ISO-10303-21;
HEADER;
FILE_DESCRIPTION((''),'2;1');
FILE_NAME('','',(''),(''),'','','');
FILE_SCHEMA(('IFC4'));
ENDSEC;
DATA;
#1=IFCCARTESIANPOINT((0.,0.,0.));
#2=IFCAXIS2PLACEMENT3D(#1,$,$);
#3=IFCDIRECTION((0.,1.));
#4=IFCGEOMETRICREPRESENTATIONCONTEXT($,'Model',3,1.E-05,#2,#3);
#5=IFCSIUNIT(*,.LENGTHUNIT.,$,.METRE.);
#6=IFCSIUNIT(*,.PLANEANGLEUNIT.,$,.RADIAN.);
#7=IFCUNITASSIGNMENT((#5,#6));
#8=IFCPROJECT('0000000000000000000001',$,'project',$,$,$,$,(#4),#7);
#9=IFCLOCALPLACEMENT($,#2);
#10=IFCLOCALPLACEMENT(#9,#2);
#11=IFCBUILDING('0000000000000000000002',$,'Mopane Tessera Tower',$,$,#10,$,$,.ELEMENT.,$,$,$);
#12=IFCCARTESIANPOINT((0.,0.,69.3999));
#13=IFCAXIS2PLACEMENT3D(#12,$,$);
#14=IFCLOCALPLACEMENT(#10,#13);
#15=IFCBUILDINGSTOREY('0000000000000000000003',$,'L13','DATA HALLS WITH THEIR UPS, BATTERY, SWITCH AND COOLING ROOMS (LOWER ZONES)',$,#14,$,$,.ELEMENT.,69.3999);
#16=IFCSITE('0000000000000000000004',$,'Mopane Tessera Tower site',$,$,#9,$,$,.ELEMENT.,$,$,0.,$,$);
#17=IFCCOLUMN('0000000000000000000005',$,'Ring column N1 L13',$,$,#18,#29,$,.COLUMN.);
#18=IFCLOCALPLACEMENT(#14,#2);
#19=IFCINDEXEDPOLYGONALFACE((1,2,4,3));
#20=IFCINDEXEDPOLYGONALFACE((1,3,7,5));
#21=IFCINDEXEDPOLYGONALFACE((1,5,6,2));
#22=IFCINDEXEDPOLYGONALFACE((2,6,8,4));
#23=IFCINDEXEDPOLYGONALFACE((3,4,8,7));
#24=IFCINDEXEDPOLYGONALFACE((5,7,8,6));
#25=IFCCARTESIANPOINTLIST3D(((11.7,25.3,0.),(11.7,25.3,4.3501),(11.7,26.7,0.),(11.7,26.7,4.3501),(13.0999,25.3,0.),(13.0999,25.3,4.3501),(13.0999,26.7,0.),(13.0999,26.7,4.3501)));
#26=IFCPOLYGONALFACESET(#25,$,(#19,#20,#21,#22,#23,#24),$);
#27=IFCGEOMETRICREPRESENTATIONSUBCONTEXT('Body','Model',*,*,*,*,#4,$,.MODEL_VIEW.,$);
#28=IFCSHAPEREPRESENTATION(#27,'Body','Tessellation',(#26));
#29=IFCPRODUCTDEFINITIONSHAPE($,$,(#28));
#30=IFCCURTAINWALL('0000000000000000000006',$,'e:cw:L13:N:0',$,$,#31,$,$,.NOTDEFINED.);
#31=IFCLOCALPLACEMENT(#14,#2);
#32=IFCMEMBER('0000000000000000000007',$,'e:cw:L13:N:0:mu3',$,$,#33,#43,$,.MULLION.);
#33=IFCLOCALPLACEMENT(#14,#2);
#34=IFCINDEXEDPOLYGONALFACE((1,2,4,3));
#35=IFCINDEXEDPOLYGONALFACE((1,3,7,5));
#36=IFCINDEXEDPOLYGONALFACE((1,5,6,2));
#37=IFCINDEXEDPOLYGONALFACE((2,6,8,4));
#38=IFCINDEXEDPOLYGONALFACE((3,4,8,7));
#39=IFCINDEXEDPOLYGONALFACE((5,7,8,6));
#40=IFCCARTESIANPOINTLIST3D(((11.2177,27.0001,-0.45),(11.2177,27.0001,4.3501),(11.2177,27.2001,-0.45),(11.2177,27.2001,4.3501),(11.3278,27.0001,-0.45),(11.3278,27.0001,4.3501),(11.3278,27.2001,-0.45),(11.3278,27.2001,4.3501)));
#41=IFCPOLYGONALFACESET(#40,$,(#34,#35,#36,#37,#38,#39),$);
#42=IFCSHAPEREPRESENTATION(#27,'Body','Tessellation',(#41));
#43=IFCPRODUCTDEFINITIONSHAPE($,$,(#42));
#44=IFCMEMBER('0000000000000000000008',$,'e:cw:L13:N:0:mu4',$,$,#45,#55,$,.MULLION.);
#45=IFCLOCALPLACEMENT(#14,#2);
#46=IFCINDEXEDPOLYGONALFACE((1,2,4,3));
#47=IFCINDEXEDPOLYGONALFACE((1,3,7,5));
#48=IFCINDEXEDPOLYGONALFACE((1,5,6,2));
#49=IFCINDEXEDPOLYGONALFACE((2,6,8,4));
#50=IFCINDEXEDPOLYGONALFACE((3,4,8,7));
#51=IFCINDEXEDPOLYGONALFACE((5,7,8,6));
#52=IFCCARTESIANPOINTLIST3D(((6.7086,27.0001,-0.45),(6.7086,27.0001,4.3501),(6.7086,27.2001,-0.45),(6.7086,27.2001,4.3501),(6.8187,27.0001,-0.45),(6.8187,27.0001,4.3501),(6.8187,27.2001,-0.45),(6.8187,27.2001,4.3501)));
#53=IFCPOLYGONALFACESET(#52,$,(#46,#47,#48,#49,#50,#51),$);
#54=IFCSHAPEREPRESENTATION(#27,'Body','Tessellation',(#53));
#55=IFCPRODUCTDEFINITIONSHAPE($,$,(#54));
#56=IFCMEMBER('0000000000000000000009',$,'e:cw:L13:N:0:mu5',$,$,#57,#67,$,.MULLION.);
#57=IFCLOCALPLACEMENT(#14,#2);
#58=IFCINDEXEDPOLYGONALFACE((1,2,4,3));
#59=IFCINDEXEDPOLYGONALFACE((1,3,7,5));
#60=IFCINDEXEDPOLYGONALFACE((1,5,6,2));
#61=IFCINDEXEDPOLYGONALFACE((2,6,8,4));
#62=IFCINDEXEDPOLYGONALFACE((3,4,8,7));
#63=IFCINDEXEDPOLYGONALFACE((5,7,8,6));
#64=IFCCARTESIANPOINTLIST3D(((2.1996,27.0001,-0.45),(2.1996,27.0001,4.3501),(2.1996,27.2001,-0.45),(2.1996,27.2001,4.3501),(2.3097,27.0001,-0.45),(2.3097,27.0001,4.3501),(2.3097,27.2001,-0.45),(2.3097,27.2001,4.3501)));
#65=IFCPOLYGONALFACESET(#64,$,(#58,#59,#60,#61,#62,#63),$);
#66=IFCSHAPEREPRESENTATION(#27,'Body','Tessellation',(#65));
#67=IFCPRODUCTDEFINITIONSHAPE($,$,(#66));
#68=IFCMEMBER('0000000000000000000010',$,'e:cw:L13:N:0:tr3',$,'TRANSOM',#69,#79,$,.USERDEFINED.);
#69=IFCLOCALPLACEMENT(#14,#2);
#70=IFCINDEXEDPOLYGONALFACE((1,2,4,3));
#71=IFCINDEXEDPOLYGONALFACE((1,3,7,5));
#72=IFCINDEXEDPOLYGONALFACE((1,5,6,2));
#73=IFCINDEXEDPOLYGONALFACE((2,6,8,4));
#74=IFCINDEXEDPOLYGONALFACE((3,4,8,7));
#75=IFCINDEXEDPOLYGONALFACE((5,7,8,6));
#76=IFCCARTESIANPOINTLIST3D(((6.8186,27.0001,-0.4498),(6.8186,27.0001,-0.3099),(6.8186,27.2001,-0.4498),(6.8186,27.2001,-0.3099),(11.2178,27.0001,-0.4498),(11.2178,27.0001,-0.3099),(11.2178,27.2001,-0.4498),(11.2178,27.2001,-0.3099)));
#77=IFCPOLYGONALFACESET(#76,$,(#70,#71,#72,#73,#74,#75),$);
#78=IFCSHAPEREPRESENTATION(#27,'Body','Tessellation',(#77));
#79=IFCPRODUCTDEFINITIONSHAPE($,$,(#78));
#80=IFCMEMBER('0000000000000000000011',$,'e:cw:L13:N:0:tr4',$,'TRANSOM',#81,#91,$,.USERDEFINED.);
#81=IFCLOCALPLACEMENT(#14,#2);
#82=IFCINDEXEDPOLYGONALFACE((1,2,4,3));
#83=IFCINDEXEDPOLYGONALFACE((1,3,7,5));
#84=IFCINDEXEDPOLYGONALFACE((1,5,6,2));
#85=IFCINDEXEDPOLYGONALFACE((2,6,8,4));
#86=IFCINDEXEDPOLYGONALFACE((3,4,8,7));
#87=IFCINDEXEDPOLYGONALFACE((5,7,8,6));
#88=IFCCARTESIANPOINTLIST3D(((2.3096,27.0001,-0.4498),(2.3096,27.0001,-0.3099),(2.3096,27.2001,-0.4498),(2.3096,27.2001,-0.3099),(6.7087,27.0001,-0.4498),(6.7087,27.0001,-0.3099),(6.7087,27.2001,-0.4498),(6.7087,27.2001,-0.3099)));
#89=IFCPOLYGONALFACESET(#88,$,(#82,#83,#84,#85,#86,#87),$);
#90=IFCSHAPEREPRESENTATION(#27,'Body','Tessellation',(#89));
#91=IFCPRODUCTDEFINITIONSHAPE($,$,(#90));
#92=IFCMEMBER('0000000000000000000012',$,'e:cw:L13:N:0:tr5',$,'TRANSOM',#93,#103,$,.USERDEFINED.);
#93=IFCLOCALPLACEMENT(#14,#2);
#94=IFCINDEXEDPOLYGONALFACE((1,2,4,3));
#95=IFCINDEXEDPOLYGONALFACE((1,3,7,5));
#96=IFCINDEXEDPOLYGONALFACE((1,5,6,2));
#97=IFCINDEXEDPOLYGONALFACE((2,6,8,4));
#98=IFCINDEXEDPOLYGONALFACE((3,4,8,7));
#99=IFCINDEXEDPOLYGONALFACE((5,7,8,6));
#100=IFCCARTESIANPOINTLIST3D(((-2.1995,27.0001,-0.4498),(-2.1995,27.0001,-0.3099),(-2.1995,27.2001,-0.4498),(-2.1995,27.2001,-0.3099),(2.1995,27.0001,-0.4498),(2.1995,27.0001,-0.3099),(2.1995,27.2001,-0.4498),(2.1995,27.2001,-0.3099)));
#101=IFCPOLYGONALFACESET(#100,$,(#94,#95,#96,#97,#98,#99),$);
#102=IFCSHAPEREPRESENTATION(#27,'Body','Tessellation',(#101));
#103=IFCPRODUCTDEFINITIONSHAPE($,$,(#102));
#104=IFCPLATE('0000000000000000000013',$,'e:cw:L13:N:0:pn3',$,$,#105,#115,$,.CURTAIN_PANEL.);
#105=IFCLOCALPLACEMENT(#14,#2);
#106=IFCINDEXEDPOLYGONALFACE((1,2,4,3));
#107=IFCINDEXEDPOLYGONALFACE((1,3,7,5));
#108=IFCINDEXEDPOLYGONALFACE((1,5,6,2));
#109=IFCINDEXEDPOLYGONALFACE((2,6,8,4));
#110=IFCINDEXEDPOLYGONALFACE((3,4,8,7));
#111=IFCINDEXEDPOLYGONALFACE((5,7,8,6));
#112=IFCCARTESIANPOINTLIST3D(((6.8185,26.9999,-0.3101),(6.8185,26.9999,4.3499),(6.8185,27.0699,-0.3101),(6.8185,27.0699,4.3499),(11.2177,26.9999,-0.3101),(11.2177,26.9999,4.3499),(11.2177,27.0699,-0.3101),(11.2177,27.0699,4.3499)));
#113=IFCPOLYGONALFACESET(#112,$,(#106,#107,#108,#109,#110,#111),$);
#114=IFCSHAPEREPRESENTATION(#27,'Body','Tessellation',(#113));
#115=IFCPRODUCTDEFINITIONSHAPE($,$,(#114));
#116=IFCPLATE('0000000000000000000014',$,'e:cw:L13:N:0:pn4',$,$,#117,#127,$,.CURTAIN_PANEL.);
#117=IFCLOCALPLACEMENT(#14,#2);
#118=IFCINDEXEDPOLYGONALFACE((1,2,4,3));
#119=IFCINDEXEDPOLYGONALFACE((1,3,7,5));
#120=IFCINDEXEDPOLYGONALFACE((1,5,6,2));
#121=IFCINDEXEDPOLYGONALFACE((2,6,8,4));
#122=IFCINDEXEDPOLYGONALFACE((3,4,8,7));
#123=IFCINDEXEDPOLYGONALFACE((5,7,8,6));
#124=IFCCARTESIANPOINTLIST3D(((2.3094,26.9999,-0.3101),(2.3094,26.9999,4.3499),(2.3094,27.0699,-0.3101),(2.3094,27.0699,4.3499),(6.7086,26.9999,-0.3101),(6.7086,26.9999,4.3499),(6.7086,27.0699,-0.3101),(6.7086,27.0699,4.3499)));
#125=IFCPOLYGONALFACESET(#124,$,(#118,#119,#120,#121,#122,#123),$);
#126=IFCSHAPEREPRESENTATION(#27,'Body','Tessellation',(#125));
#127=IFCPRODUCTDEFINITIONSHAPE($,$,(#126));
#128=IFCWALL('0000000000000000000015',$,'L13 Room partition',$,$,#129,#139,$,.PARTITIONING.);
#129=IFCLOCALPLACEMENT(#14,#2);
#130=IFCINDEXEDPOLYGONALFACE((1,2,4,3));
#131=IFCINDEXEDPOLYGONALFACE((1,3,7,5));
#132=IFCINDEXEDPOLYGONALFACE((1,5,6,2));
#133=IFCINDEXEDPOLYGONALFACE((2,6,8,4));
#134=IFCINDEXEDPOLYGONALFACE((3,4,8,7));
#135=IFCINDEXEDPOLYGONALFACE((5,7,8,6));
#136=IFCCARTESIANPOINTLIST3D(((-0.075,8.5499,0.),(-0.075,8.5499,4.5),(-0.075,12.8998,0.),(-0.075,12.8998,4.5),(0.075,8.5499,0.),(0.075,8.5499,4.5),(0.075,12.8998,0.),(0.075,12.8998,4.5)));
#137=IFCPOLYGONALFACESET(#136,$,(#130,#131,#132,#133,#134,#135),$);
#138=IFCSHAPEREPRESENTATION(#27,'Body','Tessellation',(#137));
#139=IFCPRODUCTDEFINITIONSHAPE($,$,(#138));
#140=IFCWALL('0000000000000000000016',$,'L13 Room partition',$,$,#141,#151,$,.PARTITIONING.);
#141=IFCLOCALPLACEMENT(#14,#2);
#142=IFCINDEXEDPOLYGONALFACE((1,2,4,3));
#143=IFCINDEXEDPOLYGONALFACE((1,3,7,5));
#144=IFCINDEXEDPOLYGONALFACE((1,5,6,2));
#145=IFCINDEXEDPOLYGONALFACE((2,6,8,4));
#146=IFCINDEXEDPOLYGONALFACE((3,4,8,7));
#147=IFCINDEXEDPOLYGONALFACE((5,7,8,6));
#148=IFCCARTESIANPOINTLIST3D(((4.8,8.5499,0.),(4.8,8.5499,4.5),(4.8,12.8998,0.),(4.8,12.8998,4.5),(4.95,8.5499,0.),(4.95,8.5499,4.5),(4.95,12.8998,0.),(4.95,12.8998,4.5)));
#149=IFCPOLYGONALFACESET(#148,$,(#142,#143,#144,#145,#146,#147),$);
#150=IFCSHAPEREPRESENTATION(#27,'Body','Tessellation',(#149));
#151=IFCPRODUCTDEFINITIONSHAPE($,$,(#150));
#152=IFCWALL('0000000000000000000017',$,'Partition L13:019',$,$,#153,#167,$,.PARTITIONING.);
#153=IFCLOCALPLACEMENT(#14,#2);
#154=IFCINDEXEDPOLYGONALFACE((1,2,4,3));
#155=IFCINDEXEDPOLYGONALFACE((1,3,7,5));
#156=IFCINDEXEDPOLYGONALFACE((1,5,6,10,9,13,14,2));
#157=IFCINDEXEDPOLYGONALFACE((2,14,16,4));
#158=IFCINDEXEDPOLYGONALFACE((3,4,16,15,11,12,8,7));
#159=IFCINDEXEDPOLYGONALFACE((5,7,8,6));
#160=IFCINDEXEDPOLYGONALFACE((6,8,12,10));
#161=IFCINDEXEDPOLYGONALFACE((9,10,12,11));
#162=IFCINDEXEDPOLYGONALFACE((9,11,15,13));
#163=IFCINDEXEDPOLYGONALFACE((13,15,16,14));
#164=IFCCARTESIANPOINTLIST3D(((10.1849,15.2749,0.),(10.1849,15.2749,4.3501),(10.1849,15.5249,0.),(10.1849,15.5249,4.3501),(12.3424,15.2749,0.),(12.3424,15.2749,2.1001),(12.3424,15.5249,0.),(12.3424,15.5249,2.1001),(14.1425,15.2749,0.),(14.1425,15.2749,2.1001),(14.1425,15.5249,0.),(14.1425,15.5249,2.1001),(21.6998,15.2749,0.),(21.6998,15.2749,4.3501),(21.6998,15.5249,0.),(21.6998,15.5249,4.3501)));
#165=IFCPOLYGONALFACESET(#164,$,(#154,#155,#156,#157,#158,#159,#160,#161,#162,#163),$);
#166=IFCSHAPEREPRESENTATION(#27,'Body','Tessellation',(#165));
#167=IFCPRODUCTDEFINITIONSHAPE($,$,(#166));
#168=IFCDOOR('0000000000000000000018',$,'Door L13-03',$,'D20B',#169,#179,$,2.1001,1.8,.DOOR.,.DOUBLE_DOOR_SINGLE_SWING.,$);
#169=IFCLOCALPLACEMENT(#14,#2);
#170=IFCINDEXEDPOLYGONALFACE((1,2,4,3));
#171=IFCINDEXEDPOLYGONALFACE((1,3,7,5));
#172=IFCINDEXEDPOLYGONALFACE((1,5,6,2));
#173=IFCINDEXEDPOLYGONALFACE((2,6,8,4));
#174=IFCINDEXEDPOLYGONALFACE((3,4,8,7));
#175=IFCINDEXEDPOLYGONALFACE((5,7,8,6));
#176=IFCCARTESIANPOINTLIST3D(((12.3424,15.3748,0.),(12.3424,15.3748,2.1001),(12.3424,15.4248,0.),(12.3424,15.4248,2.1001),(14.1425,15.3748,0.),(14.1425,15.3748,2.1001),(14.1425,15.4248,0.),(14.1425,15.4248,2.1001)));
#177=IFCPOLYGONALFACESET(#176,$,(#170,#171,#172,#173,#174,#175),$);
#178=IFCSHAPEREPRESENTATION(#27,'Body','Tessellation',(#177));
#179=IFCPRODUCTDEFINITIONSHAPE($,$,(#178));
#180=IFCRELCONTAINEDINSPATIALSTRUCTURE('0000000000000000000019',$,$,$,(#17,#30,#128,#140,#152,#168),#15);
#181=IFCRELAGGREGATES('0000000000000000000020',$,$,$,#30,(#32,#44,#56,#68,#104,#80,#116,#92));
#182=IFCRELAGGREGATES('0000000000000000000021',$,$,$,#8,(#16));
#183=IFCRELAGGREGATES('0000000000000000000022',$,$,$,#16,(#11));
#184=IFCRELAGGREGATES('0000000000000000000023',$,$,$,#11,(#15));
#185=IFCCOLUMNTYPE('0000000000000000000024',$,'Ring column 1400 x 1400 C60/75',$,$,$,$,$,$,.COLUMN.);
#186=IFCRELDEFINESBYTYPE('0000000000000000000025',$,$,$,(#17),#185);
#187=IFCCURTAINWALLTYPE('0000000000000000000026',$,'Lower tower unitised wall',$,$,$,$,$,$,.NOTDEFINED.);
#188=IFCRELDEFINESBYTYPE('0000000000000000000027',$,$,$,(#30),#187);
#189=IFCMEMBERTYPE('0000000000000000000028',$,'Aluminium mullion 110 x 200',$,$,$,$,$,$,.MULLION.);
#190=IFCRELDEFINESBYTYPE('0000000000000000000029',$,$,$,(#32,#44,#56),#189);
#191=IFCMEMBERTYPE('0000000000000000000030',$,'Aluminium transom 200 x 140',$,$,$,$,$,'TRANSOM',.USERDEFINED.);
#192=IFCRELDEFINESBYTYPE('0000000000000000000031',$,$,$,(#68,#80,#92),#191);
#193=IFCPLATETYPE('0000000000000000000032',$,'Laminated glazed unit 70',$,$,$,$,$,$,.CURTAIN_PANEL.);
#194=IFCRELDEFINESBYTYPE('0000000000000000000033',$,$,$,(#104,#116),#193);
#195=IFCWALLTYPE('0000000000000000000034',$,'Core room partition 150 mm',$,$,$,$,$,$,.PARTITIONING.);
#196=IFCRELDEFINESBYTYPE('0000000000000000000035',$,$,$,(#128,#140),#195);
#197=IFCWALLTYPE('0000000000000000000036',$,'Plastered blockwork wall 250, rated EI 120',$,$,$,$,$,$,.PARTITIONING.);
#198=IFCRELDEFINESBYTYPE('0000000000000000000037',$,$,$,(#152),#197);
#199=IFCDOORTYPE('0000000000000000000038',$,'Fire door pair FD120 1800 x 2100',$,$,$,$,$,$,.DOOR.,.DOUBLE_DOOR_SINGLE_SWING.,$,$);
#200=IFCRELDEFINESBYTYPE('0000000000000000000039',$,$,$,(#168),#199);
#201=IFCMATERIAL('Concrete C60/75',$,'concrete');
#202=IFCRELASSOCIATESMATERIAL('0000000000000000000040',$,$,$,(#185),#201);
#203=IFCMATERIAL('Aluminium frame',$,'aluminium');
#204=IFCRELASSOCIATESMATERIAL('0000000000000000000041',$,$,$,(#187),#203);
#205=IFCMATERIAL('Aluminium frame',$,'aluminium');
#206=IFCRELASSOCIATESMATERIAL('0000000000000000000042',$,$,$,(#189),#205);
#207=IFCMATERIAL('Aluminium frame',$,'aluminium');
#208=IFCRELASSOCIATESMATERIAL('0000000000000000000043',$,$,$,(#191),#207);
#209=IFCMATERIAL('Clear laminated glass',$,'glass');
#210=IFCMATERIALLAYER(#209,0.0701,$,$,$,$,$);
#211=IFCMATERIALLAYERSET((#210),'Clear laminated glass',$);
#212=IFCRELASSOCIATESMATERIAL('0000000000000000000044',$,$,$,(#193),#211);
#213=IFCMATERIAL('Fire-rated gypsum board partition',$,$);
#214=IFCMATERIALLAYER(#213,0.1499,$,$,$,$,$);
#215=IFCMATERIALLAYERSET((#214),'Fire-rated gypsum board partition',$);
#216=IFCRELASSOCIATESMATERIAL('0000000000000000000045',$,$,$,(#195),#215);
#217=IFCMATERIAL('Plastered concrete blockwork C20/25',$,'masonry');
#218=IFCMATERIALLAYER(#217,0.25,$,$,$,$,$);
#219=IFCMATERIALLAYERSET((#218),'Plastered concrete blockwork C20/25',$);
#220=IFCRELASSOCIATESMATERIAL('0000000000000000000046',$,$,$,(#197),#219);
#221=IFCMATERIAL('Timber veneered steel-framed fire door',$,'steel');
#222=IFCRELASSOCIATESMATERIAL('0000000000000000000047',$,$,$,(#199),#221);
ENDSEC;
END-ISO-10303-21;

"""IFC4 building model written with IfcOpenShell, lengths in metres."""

from ifc_helpers import new_model, si_unit, direction, frame, frame_2d, origin, origin_2d, place, context, subcontext, project, spatial, rectangle, extrude, material, layer, layer_set, material_profile, profile_set, type_object, element, fill, aggregate, save


model = new_model("IFC4")

# Units and contexts
model_context = context("Model", 3, precision=1e-05, world=origin(), true_north=direction((0.0, 1.0)))
body_context = subcontext(model_context, "Body", "Model", "MODEL_VIEW")
ifc_project = project(units=[si_unit("LENGTHUNIT", "METRE"), si_unit("PLANEANGLEUNIT", "RADIAN")], contexts=[model_context])

# Site, building, storey
site_placement = place(None, origin())
site = spatial("IfcSite", under=ifc_project, at=site_placement, Name="Mopane Tessera Tower site", CompositionType="ELEMENT", RefElevation=0.0)
building_placement = place(site_placement, origin())
building = spatial("IfcBuilding", under=site, at=building_placement, Name="Mopane Tessera Tower", CompositionType="ELEMENT")
storey_placement = place(building_placement, frame((0.0, 0.0, 69.3999)))
storey = spatial("IfcBuildingStorey", under=building, at=storey_placement, Name="L13", Description="DATA HALLS WITH THEIR UPS, BATTERY, SWITCH AND COOLING ROOMS (LOWER ZONES)", CompositionType="ELEMENT", Elevation=69.3999)

# Column
ifc_material_1 = material(Name="Concrete C60/75", Category="concrete")
ifc_material_profile_1 = material_profile(ifc_material_1, rectangle(XDim=1.3999, YDim=1.3999, at=origin_2d()))
ifc_profile_set_1 = profile_set([ifc_material_profile_1], Name="Concrete C60/75")
column_type = type_object("IfcColumnType", Name="Ring column 1400 x 1400 C60/75", PredefinedType="COLUMN", material=ifc_profile_set_1)
column_placement = place(storey_placement, frame((12.3999, 26.0, 0.0), z_axis=(0.0, 0.0, 1.0), x_axis=(1.0, 0.0, 0.0)))
element("IfcColumn", 1, at=column_placement, inside=storey, type_object=column_type, Name="Ring column N1 L13", PredefinedType="COLUMN", context=body_context, shape_type="SweptSolid", body=[
    extrude(rectangle(XDim=1.3999, YDim=1.3999, at=origin_2d()), origin(), (0.0, 0.0, 1.0), 4.3501),
])

# Curtain wall, members, plates
ifc_material_2 = material(Name="Aluminium frame", Category="aluminium")
curtain_wall_type = type_object("IfcCurtainWallType", Name="Lower tower unitised wall", PredefinedType="NOTDEFINED", material=ifc_material_2)
curtain_wall_placement = place(storey_placement, origin())
curtain_wall = element("IfcCurtainWall", 2, at=curtain_wall_placement, inside=storey, type_object=curtain_wall_type, Name="e:cw:L13:N:0", PredefinedType="NOTDEFINED")
ifc_material_3 = material(Name="Aluminium frame", Category="aluminium")
ifc_material_profile_2 = material_profile(ifc_material_3, rectangle(XDim=0.1101, YDim=0.2, at=origin_2d()))
ifc_profile_set_2 = profile_set([ifc_material_profile_2], Name="Aluminium frame")
member_type_1 = type_object("IfcMemberType", Name="Aluminium mullion 110 x 200", PredefinedType="MULLION", material=ifc_profile_set_2)
member_1_placement = place(storey_placement, frame((11.2727, 27.1001, -0.45), z_axis=(0.0, 0.0, 1.0), x_axis=(-1.0, 0.0, 0.0)))
member_1 = element("IfcMember", 3, at=member_1_placement, type_object=member_type_1, Name="e:cw:L13:N:0:mu3", PredefinedType="MULLION", context=body_context, shape_type="SweptSolid", body=[
    extrude(rectangle(XDim=0.1101, YDim=0.2, at=origin_2d()), origin(), (0.0, 0.0, 1.0), 4.8),
])
member_2_placement = place(storey_placement, frame((6.7637, 27.1001, -0.45), z_axis=(0.0, 0.0, 1.0), x_axis=(-1.0, 0.0, 0.0)))
member_2 = element("IfcMember", 4, at=member_2_placement, type_object=member_type_1, Name="e:cw:L13:N:0:mu4", PredefinedType="MULLION", context=body_context, shape_type="SweptSolid", body=[
    extrude(rectangle(XDim=0.1101, YDim=0.2, at=origin_2d()), origin(), (0.0, 0.0, 1.0), 4.8),
])
member_3_placement = place(storey_placement, frame((2.2546, 27.1001, -0.45), z_axis=(0.0, 0.0, 1.0), x_axis=(-1.0, 0.0, 0.0)))
member_3 = element("IfcMember", 5, at=member_3_placement, type_object=member_type_1, Name="e:cw:L13:N:0:mu5", PredefinedType="MULLION", context=body_context, shape_type="SweptSolid", body=[
    extrude(rectangle(XDim=0.1101, YDim=0.2, at=origin_2d()), origin(), (0.0, 0.0, 1.0), 4.8),
])
ifc_material_4 = material(Name="Aluminium frame", Category="aluminium")
ifc_material_profile_3 = material_profile(ifc_material_4, rectangle(XDim=0.2, YDim=0.1399, at=origin_2d()))
ifc_profile_set_3 = profile_set([ifc_material_profile_3], Name="Aluminium frame")
member_type_2 = type_object("IfcMemberType", Name="Aluminium transom 200 x 140", ElementType="TRANSOM", PredefinedType="USERDEFINED", material=ifc_profile_set_3)
member_4_placement = place(storey_placement, frame((11.2178, 27.1001, -0.3799), z_axis=(-1.0, 0.0, 0.0), x_axis=(0.0, -1.0, 0.0)))
member_4 = element("IfcMember", 6, at=member_4_placement, type_object=member_type_2, Name="e:cw:L13:N:0:tr3", ObjectType="TRANSOM", PredefinedType="USERDEFINED", context=body_context, shape_type="SweptSolid", body=[
    extrude(rectangle(XDim=0.2, YDim=0.1399, at=origin_2d()), origin(), (0.0, 0.0, 1.0), 4.3992),
])
member_5_placement = place(storey_placement, frame((6.7087, 27.1001, -0.3799), z_axis=(-1.0, 0.0, 0.0), x_axis=(0.0, -1.0, 0.0)))
member_5 = element("IfcMember", 7, at=member_5_placement, type_object=member_type_2, Name="e:cw:L13:N:0:tr4", ObjectType="TRANSOM", PredefinedType="USERDEFINED", context=body_context, shape_type="SweptSolid", body=[
    extrude(rectangle(XDim=0.2, YDim=0.1399, at=origin_2d()), origin(), (0.0, 0.0, 1.0), 4.3992),
])
member_6_placement = place(storey_placement, frame((2.1995, 27.1001, -0.3799), z_axis=(-1.0, 0.0, 0.0), x_axis=(0.0, -1.0, 0.0)))
member_6 = element("IfcMember", 8, at=member_6_placement, type_object=member_type_2, Name="e:cw:L13:N:0:tr5", ObjectType="TRANSOM", PredefinedType="USERDEFINED", context=body_context, shape_type="SweptSolid", body=[
    extrude(rectangle(XDim=0.2, YDim=0.1399, at=origin_2d()), origin(), (0.0, 0.0, 1.0), 4.3989),
])
ifc_material_5 = material(Name="Clear laminated glass", Category="glass")
ifc_layer_1 = layer(ifc_material_5, 0.0701)
ifc_layer_set_1 = layer_set([ifc_layer_1], Name="Clear laminated glass")
plate_type = type_object("IfcPlateType", Name="Laminated glazed unit 70", PredefinedType="CURTAIN_PANEL", material=ifc_layer_set_1)
plate_1_placement = place(storey_placement, frame((9.0181, 27.0349, -0.3101), z_axis=(0.0, 0.0, 1.0), x_axis=(-1.0, 0.0, 0.0)))
plate_1 = element("IfcPlate", 9, at=plate_1_placement, type_object=plate_type, Name="e:cw:L13:N:0:pn3", PredefinedType="CURTAIN_PANEL", context=body_context, shape_type="SweptSolid", body=[
    extrude(rectangle(XDim=4.3992, YDim=0.0701, at=origin_2d()), origin(), (0.0, 0.0, 1.0), 4.6599),
])
plate_2_placement = place(storey_placement, frame((4.509, 27.0349, -0.3101), z_axis=(0.0, 0.0, 1.0), x_axis=(-1.0, 0.0, 0.0)))
plate_2 = element("IfcPlate", 10, at=plate_2_placement, type_object=plate_type, Name="e:cw:L13:N:0:pn4", PredefinedType="CURTAIN_PANEL", context=body_context, shape_type="SweptSolid", body=[
    extrude(rectangle(XDim=4.3992, YDim=0.0701, at=origin_2d()), origin(), (0.0, 0.0, 1.0), 4.6599),
])
aggregate(curtain_wall, [member_1, member_2, member_3, member_4, plate_1, member_5, plate_2, member_6])

# Walls
ifc_material_6 = material(Name="Fire-rated gypsum board partition")
ifc_layer_2 = layer(ifc_material_6, 0.1499)
ifc_layer_set_2 = layer_set([ifc_layer_2], Name="Fire-rated gypsum board partition")
wall_type_1 = type_object("IfcWallType", Name="Core room partition 150 mm", PredefinedType="PARTITIONING", material=ifc_layer_set_2)
for number, where, z_axis, x_axis, name in (
    (11, (0.0, 8.55, 0.0), (0.0, 0.0, 1.0), (0.0, 1.0, 0.0), "L13 Room partition"),
    (12, (4.875, 8.55, 0.0), (0.0, 0.0, 1.0), (0.0, 1.0, 0.0), "L13 Room partition"),
):
    element("IfcWall", number, at=place(storey_placement, frame(where, z_axis=z_axis, x_axis=x_axis)), inside=storey, type_object=wall_type_1, Name=name, PredefinedType="PARTITIONING", context=body_context, shape_type="SweptSolid", body=[
        extrude(rectangle(XDim=4.3499, YDim=0.1499, at=frame_2d((2.1748, 0.0))), origin(), (0.0, 0.0, 1.0), 4.5),
    ])

# Wall, opening, door
ifc_material_7 = material(Name="Plastered concrete blockwork C20/25", Category="masonry")
ifc_layer_3 = layer(ifc_material_7, 0.25)
ifc_layer_set_3 = layer_set([ifc_layer_3], Name="Plastered concrete blockwork C20/25")
wall_type_2 = type_object("IfcWallType", Name="Plastered blockwork wall 250, rated EI 120", PredefinedType="PARTITIONING", material=ifc_layer_set_3)
wall_1_placement = place(storey_placement, frame((10.1851, 15.3999, 0.0), z_axis=(0.0, 0.0, 1.0), x_axis=(1.0, 0.0, 0.0)))
wall_1 = element("IfcWall", 13, at=wall_1_placement, inside=storey, type_object=wall_type_2, Name="Partition L13:019", PredefinedType="PARTITIONING", context=body_context, shape_type="SweptSolid", body=[
    extrude(rectangle(XDim=11.5149, YDim=0.25, at=frame_2d((5.7573, 0.0))), origin(), (0.0, 0.0, 1.0), 4.3501),
])
opening_placement = place(wall_1_placement, frame((2.1575, 0.0, 0.0)))
opening = element("IfcOpeningElement", 14, at=opening_placement, cuts=wall_1, PredefinedType="OPENING", context=body_context, shape_type="SweptSolid", body=[
    extrude(rectangle(XDim=1.8, YDim=2.1001, at=frame_2d((0.8999, 1.05))), frame((0.0, 0.137, 0.0), z_axis=(0.0, -1.0, 0.0), x_axis=(1.0, 0.0, 0.0)), (0.0, 0.0, 1.0), 0.2739),
])
ifc_material_8 = material(Name="Timber veneered steel-framed fire door", Category="steel")
door_type = type_object("IfcDoorType", Name="Fire door pair FD120 1800 x 2100", OperationType="DOUBLE_DOOR_SINGLE_SWING", PredefinedType="DOOR", material=ifc_material_8)
door_placement = place(opening_placement, origin())
door = element("IfcDoor", 15, at=door_placement, inside=storey, type_object=door_type, Name="Door L13-03", ObjectType="D20B", OperationType="DOUBLE_DOOR_SINGLE_SWING", OverallHeight=2.1001, OverallWidth=1.8, PredefinedType="DOOR", context=body_context, shape_type="SweptSolid", body=[
    extrude(rectangle(XDim=1.8, YDim=2.1001, at=frame_2d((0.8999, 1.05))), frame((0.0, 0.0249, 0.0), z_axis=(0.0, -1.0, 0.0), x_axis=(1.0, 0.0, 0.0)), (0.0, 0.0, 1.0), 0.05),
])
fill(opening, door)

save(model, "model.ifc")
